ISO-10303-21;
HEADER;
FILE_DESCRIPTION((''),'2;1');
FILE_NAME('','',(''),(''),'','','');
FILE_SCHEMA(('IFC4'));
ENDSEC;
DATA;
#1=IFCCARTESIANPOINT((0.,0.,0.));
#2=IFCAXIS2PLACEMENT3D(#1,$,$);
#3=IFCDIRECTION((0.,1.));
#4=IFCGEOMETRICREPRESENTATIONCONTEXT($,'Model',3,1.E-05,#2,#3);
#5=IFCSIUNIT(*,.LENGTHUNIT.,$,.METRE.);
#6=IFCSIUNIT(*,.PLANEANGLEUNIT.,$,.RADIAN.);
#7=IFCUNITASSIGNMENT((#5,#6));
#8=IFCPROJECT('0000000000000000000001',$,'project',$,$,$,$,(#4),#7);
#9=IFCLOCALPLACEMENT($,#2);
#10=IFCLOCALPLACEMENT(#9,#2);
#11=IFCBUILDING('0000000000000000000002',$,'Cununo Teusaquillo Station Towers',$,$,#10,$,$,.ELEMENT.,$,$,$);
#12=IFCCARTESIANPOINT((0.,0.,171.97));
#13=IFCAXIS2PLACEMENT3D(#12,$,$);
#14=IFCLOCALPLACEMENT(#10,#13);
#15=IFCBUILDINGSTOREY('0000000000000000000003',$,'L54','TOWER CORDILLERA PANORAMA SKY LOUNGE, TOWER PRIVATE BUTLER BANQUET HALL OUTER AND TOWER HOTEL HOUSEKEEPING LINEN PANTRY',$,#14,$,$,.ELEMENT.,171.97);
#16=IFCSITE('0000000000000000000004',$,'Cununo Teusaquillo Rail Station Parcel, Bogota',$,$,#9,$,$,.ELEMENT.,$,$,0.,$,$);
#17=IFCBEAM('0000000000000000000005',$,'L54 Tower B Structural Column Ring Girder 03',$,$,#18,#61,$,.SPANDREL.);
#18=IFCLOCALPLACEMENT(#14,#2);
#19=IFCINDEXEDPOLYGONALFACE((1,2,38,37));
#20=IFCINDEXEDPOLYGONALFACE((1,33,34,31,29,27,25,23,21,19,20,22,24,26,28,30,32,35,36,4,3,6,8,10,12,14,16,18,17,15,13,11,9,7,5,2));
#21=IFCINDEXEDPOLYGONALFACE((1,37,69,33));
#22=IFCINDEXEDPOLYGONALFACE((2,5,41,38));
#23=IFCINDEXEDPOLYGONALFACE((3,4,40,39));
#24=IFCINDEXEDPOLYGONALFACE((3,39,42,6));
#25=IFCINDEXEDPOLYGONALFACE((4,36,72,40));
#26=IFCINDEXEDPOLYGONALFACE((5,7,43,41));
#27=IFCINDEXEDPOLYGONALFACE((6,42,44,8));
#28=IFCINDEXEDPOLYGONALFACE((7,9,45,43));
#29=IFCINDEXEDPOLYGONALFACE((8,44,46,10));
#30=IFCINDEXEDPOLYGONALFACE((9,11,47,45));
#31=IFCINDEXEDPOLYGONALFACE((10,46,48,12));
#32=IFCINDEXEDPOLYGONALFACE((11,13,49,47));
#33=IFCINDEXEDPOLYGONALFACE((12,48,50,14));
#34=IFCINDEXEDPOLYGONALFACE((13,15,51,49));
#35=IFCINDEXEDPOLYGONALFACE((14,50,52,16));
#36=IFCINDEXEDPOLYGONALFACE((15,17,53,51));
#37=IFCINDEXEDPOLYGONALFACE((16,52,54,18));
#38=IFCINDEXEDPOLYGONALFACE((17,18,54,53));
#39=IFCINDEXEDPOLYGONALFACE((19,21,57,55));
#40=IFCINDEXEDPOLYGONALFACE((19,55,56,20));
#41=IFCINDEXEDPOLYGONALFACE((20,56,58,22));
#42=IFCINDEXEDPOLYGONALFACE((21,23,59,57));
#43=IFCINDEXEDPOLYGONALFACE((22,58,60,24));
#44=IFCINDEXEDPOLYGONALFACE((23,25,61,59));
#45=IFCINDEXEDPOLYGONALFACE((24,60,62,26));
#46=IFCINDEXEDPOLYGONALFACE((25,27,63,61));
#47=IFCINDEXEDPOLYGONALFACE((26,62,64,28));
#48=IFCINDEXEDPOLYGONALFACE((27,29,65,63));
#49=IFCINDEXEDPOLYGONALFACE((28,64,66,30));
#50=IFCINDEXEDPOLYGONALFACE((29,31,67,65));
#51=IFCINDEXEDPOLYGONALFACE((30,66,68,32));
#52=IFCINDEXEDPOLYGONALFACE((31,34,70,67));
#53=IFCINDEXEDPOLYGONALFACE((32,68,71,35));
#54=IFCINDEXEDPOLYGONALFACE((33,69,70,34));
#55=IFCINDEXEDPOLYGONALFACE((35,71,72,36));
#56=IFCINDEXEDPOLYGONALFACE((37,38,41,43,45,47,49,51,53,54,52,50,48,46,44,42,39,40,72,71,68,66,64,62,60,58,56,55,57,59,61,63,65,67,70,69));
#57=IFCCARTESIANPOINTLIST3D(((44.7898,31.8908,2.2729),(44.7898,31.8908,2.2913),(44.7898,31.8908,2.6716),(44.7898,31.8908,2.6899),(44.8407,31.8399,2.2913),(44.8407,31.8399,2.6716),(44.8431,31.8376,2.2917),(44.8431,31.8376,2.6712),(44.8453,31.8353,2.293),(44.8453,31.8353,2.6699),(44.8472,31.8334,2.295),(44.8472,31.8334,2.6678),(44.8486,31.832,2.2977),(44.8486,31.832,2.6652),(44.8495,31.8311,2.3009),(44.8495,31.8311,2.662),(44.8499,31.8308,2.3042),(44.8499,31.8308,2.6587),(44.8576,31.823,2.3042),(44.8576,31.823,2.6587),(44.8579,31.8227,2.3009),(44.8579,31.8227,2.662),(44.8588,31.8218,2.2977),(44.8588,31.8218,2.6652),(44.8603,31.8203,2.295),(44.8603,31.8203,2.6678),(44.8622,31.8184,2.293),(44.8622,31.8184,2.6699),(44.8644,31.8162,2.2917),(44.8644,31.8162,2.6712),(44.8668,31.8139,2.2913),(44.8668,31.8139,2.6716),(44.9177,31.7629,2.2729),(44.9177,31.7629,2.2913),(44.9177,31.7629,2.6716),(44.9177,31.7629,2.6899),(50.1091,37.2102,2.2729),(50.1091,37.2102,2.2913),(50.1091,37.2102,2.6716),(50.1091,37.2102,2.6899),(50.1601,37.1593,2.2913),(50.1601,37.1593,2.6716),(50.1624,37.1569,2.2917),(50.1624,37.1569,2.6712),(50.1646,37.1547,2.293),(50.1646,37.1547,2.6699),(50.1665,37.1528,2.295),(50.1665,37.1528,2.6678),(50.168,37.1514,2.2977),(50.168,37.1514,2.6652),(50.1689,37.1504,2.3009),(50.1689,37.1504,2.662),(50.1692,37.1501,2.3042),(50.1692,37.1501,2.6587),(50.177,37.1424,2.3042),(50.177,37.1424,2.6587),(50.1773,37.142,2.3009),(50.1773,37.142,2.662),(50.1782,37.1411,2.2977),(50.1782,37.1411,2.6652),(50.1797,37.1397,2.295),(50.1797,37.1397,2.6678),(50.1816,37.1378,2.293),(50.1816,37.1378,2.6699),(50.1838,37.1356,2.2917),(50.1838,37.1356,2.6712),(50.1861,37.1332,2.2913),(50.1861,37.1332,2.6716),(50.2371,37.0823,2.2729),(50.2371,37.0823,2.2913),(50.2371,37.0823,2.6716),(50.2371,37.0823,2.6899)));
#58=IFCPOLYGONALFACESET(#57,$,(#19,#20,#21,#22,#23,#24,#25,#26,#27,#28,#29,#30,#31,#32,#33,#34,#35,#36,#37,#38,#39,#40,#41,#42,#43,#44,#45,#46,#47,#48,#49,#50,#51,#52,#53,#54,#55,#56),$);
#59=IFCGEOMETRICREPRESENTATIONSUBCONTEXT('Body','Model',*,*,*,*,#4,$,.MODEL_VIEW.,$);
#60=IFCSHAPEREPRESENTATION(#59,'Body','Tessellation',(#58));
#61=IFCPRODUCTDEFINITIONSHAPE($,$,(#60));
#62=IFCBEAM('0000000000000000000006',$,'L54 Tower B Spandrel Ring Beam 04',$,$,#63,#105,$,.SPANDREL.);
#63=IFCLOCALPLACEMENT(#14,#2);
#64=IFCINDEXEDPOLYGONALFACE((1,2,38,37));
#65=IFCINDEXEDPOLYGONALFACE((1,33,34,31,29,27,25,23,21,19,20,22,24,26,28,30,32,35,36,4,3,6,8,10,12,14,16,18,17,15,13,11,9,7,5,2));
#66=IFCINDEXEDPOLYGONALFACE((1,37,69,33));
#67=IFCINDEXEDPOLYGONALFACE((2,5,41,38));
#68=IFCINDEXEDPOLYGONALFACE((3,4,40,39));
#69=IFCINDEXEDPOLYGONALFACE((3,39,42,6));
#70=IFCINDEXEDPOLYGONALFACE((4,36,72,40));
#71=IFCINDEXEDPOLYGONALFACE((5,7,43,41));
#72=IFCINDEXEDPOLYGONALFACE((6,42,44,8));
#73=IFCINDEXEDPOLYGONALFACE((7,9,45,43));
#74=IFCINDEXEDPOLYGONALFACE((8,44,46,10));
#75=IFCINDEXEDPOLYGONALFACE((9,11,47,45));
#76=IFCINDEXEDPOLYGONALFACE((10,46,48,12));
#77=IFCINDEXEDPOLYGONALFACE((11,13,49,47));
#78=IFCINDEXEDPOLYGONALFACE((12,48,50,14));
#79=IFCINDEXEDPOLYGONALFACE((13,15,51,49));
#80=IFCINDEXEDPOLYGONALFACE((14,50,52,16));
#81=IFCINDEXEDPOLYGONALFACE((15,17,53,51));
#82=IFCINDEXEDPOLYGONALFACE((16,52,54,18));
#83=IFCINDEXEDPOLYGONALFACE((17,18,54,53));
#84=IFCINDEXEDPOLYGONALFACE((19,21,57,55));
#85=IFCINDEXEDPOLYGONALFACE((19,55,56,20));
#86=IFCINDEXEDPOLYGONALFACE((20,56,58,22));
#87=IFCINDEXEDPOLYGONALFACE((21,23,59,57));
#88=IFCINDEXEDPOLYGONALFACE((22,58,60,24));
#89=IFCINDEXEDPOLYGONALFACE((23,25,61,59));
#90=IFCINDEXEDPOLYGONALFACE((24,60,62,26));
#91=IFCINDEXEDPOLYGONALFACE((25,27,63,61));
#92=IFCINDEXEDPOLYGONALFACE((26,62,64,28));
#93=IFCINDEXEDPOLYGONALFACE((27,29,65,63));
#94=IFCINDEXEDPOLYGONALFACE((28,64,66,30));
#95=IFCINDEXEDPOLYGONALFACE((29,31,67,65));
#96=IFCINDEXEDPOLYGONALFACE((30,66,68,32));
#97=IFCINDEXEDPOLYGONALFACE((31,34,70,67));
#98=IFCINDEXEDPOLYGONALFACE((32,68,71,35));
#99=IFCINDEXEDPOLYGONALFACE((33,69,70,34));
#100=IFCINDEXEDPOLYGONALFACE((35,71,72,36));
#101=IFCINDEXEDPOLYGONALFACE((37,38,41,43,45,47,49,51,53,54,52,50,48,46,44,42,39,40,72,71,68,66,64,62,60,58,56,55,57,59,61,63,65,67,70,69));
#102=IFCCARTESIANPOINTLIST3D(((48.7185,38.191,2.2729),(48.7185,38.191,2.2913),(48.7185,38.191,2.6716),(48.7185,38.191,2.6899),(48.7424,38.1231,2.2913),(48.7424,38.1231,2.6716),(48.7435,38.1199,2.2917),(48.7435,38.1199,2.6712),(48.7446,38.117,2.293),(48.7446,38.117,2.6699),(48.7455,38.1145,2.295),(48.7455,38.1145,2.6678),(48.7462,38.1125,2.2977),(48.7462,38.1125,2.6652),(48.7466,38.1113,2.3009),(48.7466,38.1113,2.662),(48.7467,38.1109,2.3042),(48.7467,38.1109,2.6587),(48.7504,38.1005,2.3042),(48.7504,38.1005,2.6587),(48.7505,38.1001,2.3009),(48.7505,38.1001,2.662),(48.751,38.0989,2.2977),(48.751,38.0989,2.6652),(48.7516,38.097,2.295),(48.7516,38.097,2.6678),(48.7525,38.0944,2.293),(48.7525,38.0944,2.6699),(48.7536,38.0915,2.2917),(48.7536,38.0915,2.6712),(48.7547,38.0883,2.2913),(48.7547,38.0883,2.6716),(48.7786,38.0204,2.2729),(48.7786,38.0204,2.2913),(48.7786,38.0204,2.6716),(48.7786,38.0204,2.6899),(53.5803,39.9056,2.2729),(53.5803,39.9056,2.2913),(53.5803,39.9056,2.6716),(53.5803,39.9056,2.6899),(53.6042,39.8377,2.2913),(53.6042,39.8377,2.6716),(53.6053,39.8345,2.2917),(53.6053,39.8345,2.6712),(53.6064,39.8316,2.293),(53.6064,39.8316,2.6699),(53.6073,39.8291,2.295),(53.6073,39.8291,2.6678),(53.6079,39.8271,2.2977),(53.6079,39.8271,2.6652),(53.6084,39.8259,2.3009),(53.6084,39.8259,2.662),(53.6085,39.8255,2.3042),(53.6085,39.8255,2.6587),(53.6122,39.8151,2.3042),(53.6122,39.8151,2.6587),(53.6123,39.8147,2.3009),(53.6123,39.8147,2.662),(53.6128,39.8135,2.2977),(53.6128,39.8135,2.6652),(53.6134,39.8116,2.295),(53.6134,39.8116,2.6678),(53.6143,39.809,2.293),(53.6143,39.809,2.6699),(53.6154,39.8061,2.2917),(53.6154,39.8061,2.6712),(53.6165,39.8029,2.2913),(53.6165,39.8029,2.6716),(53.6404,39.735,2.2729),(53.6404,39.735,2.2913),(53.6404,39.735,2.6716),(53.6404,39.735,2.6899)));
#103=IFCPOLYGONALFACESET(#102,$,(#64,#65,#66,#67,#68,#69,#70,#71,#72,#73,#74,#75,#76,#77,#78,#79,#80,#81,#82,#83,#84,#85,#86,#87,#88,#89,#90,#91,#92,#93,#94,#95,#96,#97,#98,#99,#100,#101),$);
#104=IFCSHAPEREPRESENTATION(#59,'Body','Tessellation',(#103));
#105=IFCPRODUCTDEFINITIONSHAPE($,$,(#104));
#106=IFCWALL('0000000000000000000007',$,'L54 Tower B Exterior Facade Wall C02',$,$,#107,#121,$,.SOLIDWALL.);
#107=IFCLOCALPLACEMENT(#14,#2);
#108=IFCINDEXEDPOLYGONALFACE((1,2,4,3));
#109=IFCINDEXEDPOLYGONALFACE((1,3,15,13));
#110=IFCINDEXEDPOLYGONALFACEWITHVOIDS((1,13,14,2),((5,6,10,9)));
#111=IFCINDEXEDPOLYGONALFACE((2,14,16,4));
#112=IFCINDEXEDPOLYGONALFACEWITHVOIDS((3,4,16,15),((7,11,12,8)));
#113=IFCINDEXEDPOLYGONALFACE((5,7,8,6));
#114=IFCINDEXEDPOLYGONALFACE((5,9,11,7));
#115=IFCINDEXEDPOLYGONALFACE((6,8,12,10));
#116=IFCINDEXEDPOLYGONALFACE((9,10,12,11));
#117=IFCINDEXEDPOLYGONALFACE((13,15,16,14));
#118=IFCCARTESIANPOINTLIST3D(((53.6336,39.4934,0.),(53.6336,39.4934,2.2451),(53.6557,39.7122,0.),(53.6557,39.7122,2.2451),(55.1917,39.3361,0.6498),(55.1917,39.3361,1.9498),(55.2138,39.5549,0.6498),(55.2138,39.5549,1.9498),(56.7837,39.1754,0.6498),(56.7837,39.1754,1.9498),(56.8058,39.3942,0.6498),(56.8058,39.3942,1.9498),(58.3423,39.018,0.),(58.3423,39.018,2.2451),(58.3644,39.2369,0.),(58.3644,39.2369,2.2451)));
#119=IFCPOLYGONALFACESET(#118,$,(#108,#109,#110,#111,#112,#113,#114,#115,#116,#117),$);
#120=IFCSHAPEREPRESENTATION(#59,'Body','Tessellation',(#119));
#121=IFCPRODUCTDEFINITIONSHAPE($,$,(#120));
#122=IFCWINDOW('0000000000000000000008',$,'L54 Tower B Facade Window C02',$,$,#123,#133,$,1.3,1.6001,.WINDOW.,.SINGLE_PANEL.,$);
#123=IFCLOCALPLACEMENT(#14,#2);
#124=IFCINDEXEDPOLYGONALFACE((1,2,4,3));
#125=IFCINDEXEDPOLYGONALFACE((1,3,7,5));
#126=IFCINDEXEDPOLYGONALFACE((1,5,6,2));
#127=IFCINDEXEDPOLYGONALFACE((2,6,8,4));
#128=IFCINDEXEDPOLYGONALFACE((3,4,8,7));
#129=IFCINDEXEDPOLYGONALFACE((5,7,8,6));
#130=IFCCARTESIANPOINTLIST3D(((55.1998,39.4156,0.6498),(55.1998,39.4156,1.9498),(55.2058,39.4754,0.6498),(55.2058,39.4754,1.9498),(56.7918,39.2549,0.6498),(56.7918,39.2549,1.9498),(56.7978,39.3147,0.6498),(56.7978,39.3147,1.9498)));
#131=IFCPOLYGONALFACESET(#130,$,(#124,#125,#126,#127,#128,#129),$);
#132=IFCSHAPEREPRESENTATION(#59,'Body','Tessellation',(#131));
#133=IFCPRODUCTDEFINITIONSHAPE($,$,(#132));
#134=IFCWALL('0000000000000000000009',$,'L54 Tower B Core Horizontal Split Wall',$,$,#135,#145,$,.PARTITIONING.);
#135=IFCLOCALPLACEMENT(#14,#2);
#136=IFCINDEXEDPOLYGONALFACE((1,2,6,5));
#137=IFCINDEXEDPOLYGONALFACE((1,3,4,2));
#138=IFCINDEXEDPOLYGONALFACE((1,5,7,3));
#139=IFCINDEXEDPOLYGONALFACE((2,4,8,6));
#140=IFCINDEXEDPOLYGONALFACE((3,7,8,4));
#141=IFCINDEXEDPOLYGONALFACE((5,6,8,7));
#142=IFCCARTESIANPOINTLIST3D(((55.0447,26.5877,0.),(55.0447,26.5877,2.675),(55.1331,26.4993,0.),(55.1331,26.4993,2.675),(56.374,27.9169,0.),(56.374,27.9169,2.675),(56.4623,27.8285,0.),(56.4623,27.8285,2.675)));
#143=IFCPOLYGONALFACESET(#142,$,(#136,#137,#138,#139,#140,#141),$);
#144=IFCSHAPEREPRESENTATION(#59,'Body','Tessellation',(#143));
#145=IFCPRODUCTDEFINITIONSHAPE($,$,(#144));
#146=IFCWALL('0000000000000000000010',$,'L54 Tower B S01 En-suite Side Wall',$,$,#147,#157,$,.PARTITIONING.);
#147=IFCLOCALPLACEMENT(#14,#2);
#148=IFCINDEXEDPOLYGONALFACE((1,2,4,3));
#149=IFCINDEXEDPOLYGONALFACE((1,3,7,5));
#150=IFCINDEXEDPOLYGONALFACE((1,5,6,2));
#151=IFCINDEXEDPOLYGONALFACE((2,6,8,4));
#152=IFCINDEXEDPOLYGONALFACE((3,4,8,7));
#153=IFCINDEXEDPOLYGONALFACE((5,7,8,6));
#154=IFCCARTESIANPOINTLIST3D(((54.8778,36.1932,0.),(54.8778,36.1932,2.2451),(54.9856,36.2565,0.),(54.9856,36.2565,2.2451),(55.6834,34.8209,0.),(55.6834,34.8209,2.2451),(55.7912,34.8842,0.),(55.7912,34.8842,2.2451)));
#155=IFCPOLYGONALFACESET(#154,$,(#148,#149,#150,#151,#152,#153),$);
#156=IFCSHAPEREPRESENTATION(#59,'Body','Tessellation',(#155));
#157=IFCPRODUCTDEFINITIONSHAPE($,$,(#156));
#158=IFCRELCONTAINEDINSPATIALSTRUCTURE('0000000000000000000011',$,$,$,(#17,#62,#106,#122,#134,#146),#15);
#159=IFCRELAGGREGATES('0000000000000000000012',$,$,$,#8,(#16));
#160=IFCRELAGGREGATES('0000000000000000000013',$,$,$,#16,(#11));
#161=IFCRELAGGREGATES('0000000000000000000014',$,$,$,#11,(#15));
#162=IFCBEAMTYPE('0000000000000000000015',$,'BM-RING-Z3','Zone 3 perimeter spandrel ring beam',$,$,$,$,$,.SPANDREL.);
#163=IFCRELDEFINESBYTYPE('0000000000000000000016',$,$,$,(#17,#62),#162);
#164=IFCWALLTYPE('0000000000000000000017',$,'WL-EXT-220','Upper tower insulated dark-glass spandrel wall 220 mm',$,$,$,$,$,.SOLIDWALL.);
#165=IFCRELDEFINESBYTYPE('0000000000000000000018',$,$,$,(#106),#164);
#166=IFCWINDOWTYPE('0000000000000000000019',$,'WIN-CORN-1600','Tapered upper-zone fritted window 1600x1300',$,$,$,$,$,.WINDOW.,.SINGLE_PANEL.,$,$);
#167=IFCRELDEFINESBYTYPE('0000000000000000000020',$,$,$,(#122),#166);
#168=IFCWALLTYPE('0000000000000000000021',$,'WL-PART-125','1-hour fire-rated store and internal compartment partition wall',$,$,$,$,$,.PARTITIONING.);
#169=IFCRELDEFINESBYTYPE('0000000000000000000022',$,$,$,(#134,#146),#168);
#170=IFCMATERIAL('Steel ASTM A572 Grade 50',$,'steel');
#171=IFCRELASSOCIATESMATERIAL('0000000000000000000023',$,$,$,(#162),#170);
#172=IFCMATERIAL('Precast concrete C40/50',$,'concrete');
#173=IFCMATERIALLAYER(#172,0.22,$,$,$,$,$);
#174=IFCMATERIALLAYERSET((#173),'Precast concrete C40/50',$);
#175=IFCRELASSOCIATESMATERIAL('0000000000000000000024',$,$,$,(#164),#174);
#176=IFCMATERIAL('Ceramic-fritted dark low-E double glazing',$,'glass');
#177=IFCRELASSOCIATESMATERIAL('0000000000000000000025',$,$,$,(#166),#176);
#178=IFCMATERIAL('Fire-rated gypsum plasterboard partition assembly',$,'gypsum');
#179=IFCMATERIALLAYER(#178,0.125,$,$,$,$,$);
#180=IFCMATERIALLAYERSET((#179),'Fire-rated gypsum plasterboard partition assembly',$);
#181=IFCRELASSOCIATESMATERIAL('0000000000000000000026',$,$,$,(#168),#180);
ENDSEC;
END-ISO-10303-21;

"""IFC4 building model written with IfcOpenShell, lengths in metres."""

from ifc_helpers import new_model, si_unit, direction, frame, frame_2d, origin, origin_2d, place, context, subcontext, project, spatial, rectangle, i_section, extrude, source, transform, mapped, material, layer, layer_set, material_profile, profile_set, type_object, element, fill, save


model = new_model("IFC4")

# Units and contexts
model_context = context("Model", 3, precision=1e-05, world=origin(), true_north=direction((0.0, 1.0)))
body_context = subcontext(model_context, "Body", "Model", "MODEL_VIEW")
ifc_project = project(units=[si_unit("LENGTHUNIT", "METRE"), si_unit("PLANEANGLEUNIT", "RADIAN")], contexts=[model_context])

# Site, building, storey
site_placement = place(None, origin())
site = spatial("IfcSite", under=ifc_project, at=site_placement, Name="Cununo Teusaquillo Rail Station Parcel, Bogota", CompositionType="ELEMENT", RefElevation=0.0)
building_placement = place(site_placement, origin())
building = spatial("IfcBuilding", under=site, at=building_placement, Name="Cununo Teusaquillo Station Towers", CompositionType="ELEMENT")
storey_placement = place(building_placement, frame((0.0, 0.0, 171.97)))
storey = spatial("IfcBuildingStorey", under=building, at=storey_placement, Name="L54", Description="TOWER CORDILLERA PANORAMA SKY LOUNGE, TOWER PRIVATE BUTLER BANQUET HALL OUTER AND TOWER HOTEL HOUSEKEEPING LINEN PANTRY", CompositionType="ELEMENT", Elevation=171.97)

# Beams
ifc_material_1 = material(Name="Steel ASTM A572 Grade 50", Category="steel")
ifc_material_profile_1 = material_profile(ifc_material_1, i_section(OverallWidth=0.1809, OverallDepth=0.417, WebThickness=0.011, FlangeThickness=0.0183, FilletRadius=0.0129, at=origin_2d()), Name="W16X57")
ifc_profile_set_1 = profile_set([ifc_material_profile_1], Name="Steel ASTM A572 Grade 50")
beam_type_1 = type_object("IfcBeamType", Name="BM-RING-Z3", Description="Zone 3 perimeter spandrel ring beam", PredefinedType="SPANDREL", material=ifc_profile_set_1)
beam_1_placement = place(storey_placement, frame((50.1731, 37.1462, 2.4814), z_axis=(-0.707107, -0.707107, 0.0), x_axis=(0.707107, -0.707107, 0.0)))
element("IfcBeam", 1, at=beam_1_placement, inside=storey, type_object=beam_type_1, Name="L54 Tower B Structural Column Ring Girder 03", PredefinedType="SPANDREL", context=body_context, shape_type="SweptSolid", body=[
    extrude(i_section(OverallWidth=0.1809, OverallDepth=0.417, WebThickness=0.011, FlangeThickness=0.0183, FilletRadius=0.0129, at=origin_2d()), origin(), (0.0, 0.0, 1.0), 7.5227),
])
beam_2_placement = place(storey_placement, frame((53.6104, 39.8203, 2.4814), z_axis=(-0.943072, -0.33259, 0.0), x_axis=(0.33259, -0.943072, 0.0)))
element("IfcBeam", 2, at=beam_2_placement, inside=storey, type_object=beam_type_1, Name="L54 Tower B Spandrel Ring Beam 04", PredefinedType="SPANDREL", context=body_context, shape_type="SweptSolid", body=[
    extrude(i_section(OverallWidth=0.1809, OverallDepth=0.417, WebThickness=0.011, FlangeThickness=0.0183, FilletRadius=0.0129, at=origin_2d()), origin(), (0.0, 0.0, 1.0), 5.1553),
])

# Wall, opening, window
ifc_material_2 = material(Name="Precast concrete C40/50", Category="concrete")
ifc_layer_1 = layer(ifc_material_2, 0.22)
ifc_layer_set_1 = layer_set([ifc_layer_1], Name="Precast concrete C40/50")
wall_type_1 = type_object("IfcWallType", Name="WL-EXT-220", Description="Upper tower insulated dark-glass spandrel wall 220 mm", PredefinedType="SOLIDWALL", material=ifc_layer_set_1)
wall_1_placement = place(storey_placement, frame((53.6448, 39.6028, 0.0), z_axis=(0.0, 0.0, 1.0), x_axis=(0.994943, -0.100438, 0.0)))
wall_1 = element("IfcWall", 3, at=wall_1_placement, inside=storey, type_object=wall_type_1, Name="L54 Tower B Exterior Facade Wall C02", PredefinedType="SOLIDWALL", context=body_context, shape_type="SweptSolid", body=[
    extrude(rectangle(XDim=4.7327, YDim=0.22, at=frame_2d((2.3662, 0.0))), origin(), (0.0, 0.0, 1.0), 2.2451),
])
shared_shape_1 = source(origin(), body_context, "Body", "SweptSolid", [
    extrude(rectangle(XDim=1.6001, YDim=1.3, at=frame_2d((0.8, 0.6499))), frame((0.0, 0.1199, 0.0), z_axis=(0.0, -1.0, 0.0), x_axis=(1.0, 0.0, 0.0)), (0.0, 0.0, 1.0), 0.24),
])
opening_1_placement = place(wall_1_placement, frame((1.5659, 0.0, 0.6499)))
opening_1 = element("IfcOpeningElement", 4, at=opening_1_placement, cuts=wall_1, PredefinedType="OPENING", context=body_context, shape_type="MappedRepresentation", body=[
    mapped(shared_shape_1, transform((0.0, 0.0, 0.0), x_axis=(1.0, 0.0, 0.0), y_axis=(0.0, 1.0, 0.0), z_axis=(0.0, 0.0, 1.0), scale=1.0)),
])
ifc_material_3 = material(Name="Ceramic-fritted dark low-E double glazing", Category="glass")
window_type = type_object("IfcWindowType", Name="WIN-CORN-1600", Description="Tapered upper-zone fritted window 1600x1300", PartitioningType="SINGLE_PANEL", PredefinedType="WINDOW", material=ifc_material_3)
shared_shape_2 = source(origin(), body_context, "Body", "SweptSolid", [
    extrude(rectangle(XDim=1.6001, YDim=1.3, at=frame_2d((0.8, 0.6499))), frame((0.0, 0.03, 0.0), z_axis=(0.0, -1.0, 0.0), x_axis=(1.0, 0.0, 0.0)), (0.0, 0.0, 1.0), 0.0601),
])
window_placement = place(opening_1_placement, origin())
window = element("IfcWindow", 5, at=window_placement, inside=storey, type_object=window_type, Name="L54 Tower B Facade Window C02", OverallHeight=1.3, OverallWidth=1.6001, PartitioningType="SINGLE_PANEL", PredefinedType="WINDOW", context=body_context, shape_type="MappedRepresentation", body=[
    mapped(shared_shape_2, transform((0.0, 0.0, 0.0), x_axis=(1.0, 0.0, 0.0), y_axis=(0.0, 1.0, 0.0), z_axis=(0.0, 0.0, 1.0), scale=1.0)),
])
fill(opening_1, window)

# Walls
ifc_material_4 = material(Name="Fire-rated gypsum plasterboard partition assembly", Category="gypsum")
ifc_layer_2 = layer(ifc_material_4, 0.125)
ifc_layer_set_2 = layer_set([ifc_layer_2], Name="Fire-rated gypsum plasterboard partition assembly")
wall_type_2 = type_object("IfcWallType", Name="WL-PART-125", Description="1-hour fire-rated store and internal compartment partition wall", PredefinedType="PARTITIONING", material=ifc_layer_set_2)
wall_2_placement = place(storey_placement, frame((55.0889, 26.5435, 0.0), z_axis=(0.0, 0.0, 1.0), x_axis=(0.707107, 0.707107, 0.0)))
element("IfcWall", 6, at=wall_2_placement, inside=storey, type_object=wall_type_2, Name="L54 Tower B Core Horizontal Split Wall", PredefinedType="PARTITIONING", context=body_context, shape_type="SweptSolid", body=[
    extrude(rectangle(XDim=1.8799, YDim=0.125, at=frame_2d((0.9399, 0.0))), origin(), (0.0, 0.0, 1.0), 2.675),
])
wall_3_placement = place(storey_placement, frame((55.7373, 34.8525, 0.0), z_axis=(0.0, 0.0, 1.0), x_axis=(-0.506282, 0.862368, 0.0)))
element("IfcWall", 7, at=wall_3_placement, inside=storey, type_object=wall_type_2, Name="L54 Tower B S01 En-suite Side Wall", PredefinedType="PARTITIONING", context=body_context, shape_type="SweptSolid", body=[
    extrude(rectangle(XDim=1.5913, YDim=0.125, at=frame_2d((0.7957, 0.0))), origin(), (0.0, 0.0, 1.0), 2.2451),
])

save(model, "model.ifc")
